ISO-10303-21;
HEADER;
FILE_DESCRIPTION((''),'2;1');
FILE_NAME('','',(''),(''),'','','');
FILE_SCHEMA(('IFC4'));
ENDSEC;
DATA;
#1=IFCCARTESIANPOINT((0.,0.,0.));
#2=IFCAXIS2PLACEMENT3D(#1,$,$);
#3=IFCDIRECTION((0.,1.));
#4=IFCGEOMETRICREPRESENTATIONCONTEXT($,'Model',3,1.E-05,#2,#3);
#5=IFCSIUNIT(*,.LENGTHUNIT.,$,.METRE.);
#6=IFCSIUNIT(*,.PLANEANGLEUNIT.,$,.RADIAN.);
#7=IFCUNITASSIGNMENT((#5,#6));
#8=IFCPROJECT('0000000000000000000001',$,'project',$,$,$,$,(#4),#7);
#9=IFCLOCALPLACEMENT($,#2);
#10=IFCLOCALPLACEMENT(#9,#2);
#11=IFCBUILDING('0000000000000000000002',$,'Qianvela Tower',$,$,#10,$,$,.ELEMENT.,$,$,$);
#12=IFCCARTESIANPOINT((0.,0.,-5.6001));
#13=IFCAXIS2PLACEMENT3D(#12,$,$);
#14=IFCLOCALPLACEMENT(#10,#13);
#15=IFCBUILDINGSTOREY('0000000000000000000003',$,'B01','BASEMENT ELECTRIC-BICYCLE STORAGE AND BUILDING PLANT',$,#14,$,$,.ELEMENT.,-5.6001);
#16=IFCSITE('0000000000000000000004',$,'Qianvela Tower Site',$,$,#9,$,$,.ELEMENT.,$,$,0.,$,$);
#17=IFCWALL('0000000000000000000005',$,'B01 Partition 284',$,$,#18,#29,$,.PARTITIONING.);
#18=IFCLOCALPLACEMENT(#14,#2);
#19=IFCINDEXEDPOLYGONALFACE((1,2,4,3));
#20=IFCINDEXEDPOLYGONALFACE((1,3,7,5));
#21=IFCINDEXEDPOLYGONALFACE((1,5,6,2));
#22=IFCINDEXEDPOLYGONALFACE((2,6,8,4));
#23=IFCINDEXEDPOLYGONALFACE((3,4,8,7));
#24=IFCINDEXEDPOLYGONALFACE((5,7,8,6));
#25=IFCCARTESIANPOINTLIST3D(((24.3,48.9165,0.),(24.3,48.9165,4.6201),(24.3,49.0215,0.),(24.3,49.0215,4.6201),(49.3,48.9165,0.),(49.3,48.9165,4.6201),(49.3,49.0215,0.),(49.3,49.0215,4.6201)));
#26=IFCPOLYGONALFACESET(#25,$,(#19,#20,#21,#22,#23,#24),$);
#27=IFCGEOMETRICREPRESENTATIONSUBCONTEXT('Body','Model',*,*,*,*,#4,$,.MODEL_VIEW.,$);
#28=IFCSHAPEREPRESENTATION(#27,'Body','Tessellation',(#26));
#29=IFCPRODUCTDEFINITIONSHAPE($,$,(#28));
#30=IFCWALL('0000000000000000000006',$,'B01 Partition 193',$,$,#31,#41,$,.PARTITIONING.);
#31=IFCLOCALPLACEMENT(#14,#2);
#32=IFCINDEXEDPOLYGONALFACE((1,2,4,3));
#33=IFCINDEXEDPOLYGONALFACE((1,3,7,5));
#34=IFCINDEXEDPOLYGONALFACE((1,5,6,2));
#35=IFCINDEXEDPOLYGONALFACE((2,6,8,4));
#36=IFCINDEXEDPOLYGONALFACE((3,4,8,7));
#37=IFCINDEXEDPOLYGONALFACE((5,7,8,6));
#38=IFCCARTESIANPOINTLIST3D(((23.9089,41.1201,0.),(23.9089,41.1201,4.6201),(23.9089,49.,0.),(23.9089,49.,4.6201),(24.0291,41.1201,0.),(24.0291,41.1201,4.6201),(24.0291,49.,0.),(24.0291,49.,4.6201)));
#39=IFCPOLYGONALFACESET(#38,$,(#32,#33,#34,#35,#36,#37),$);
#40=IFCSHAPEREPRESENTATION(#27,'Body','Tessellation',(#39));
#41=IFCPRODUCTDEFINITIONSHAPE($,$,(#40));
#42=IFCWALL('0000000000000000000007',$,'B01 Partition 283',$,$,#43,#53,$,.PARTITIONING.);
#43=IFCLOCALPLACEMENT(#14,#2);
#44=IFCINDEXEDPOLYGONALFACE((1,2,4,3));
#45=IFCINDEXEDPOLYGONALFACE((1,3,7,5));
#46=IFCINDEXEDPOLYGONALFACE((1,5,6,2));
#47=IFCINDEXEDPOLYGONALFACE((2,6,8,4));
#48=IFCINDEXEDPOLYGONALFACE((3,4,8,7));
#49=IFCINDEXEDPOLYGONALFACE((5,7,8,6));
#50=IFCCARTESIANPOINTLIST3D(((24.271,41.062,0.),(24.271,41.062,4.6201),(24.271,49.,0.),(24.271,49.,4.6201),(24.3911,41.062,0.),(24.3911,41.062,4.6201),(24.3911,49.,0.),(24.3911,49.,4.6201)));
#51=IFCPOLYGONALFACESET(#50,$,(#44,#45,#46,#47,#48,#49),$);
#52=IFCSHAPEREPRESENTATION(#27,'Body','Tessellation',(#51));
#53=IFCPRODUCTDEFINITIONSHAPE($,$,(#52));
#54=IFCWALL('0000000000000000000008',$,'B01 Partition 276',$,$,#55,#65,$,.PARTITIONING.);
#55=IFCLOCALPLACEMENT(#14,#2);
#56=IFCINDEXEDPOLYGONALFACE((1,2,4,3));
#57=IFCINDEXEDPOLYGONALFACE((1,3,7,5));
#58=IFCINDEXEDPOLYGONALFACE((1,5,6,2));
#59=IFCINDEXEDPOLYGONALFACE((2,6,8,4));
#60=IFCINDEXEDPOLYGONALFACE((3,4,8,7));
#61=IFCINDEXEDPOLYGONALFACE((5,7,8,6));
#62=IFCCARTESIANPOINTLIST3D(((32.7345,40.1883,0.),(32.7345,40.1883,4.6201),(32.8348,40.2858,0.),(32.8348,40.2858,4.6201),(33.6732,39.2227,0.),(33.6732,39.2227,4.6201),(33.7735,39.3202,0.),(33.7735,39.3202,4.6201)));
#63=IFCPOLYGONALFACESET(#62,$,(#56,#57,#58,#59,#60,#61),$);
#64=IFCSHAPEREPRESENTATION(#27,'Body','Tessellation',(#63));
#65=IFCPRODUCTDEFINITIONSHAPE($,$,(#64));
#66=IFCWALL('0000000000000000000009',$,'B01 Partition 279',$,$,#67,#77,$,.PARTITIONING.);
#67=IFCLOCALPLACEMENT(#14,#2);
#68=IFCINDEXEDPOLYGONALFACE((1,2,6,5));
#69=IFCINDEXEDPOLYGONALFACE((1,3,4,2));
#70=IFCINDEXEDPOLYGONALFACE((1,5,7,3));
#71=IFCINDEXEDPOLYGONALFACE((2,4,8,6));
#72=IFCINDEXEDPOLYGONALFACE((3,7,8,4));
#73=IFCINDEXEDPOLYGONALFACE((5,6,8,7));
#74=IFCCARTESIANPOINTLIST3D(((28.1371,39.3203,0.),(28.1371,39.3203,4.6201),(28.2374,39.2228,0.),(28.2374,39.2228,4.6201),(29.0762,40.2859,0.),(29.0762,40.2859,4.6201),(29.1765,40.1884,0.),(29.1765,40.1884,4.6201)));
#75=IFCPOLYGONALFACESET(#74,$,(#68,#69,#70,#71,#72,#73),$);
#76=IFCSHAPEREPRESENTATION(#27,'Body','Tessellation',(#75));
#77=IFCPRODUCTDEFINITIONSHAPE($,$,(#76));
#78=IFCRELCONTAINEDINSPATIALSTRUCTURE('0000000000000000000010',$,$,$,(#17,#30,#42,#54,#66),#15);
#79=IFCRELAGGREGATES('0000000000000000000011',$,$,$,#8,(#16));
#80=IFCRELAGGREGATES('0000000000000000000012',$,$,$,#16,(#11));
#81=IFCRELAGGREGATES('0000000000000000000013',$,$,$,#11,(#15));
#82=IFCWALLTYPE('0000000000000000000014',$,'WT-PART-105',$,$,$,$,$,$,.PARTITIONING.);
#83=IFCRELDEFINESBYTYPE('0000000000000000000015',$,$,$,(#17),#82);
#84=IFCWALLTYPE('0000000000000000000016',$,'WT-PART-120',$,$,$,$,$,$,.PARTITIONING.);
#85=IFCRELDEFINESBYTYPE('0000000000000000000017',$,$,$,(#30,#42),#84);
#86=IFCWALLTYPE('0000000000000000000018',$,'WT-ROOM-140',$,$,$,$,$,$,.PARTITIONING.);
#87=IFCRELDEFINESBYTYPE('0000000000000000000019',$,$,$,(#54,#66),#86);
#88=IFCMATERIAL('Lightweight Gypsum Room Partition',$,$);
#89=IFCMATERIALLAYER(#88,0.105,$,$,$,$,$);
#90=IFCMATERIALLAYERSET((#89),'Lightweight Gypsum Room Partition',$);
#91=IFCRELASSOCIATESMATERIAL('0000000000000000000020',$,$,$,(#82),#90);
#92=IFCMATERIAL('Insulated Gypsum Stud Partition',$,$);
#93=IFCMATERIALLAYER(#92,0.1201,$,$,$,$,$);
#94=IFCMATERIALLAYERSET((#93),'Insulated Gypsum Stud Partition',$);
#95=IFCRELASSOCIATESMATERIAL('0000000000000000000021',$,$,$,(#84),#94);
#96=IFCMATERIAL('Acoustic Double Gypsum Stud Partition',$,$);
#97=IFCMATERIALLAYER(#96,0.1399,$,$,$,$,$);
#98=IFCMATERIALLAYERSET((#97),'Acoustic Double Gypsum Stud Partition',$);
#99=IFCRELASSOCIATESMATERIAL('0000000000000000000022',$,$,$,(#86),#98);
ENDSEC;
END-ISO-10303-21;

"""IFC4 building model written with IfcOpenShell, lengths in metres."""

from ifc_helpers import new_model, si_unit, direction, frame, frame_2d, origin, place, context, subcontext, project, spatial, rectangle, extrude, material, layer, layer_set, type_object, element, save


model = new_model("IFC4")

# Units and contexts
model_context = context("Model", 3, precision=1e-05, world=origin(), true_north=direction((0.0, 1.0)))
body_context = subcontext(model_context, "Body", "Model", "MODEL_VIEW")
ifc_project = project(units=[si_unit("LENGTHUNIT", "METRE"), si_unit("PLANEANGLEUNIT", "RADIAN")], contexts=[model_context])

# Site, building, storey
site_placement = place(None, origin())
site = spatial("IfcSite", under=ifc_project, at=site_placement, Name="Qianvela Tower Site", CompositionType="ELEMENT", RefElevation=0.0)
building_placement = place(site_placement, origin())
building = spatial("IfcBuilding", under=site, at=building_placement, Name="Qianvela Tower", CompositionType="ELEMENT")
storey_placement = place(building_placement, frame((0.0, 0.0, -5.6001)))
storey = spatial("IfcBuildingStorey", under=building, at=storey_placement, Name="B01", Description="BASEMENT ELECTRIC-BICYCLE STORAGE AND BUILDING PLANT", CompositionType="ELEMENT", Elevation=-5.6001)

# Walls
ifc_material_1 = material(Name="Lightweight Gypsum Room Partition")
ifc_layer_1 = layer(ifc_material_1, 0.105)
ifc_layer_set_1 = layer_set([ifc_layer_1], Name="Lightweight Gypsum Room Partition")
wall_type_1 = type_object("IfcWallType", Name="WT-PART-105", PredefinedType="PARTITIONING", material=ifc_layer_set_1)
wall_1_placement = place(storey_placement, frame((24.3, 48.969, 0.0), z_axis=(0.0, 0.0, 1.0), x_axis=(1.0, 0.0, 0.0)))
element("IfcWall", 1, at=wall_1_placement, inside=storey, type_object=wall_type_1, Name="B01 Partition 284", PredefinedType="PARTITIONING", context=body_context, shape_type="SweptSolid", body=[
    extrude(rectangle(XDim=25.0, YDim=0.105, at=frame_2d((12.5, 0.0))), origin(), (0.0, 0.0, 1.0), 4.6201),
])
ifc_material_2 = material(Name="Insulated Gypsum Stud Partition")
ifc_layer_2 = layer(ifc_material_2, 0.1201)
ifc_layer_set_2 = layer_set([ifc_layer_2], Name="Insulated Gypsum Stud Partition")
wall_type_2 = type_object("IfcWallType", Name="WT-PART-120", PredefinedType="PARTITIONING", material=ifc_layer_set_2)
wall_2_placement = place(storey_placement, frame((23.969, 49.0, 0.0), z_axis=(0.0, 0.0, 1.0), x_axis=(0.0, -1.0, 0.0)))
element("IfcWall", 2, at=wall_2_placement, inside=storey, type_object=wall_type_2, Name="B01 Partition 193", PredefinedType="PARTITIONING", context=body_context, shape_type="SweptSolid", body=[
    extrude(rectangle(XDim=7.8799, YDim=0.1201, at=frame_2d((3.9399, 0.0))), origin(), (0.0, 0.0, 1.0), 4.6201),
])
wall_3_placement = place(storey_placement, frame((24.3311, 41.062, 0.0), z_axis=(0.0, 0.0, 1.0), x_axis=(0.0, 1.0, 0.0)))
element("IfcWall", 3, at=wall_3_placement, inside=storey, type_object=wall_type_2, Name="B01 Partition 283", PredefinedType="PARTITIONING", context=body_context, shape_type="SweptSolid", body=[
    extrude(rectangle(XDim=7.938, YDim=0.1201, at=frame_2d((3.969, 0.0))), origin(), (0.0, 0.0, 1.0), 4.6201),
])
ifc_material_3 = material(Name="Acoustic Double Gypsum Stud Partition")
ifc_layer_3 = layer(ifc_material_3, 0.1399)
ifc_layer_set_3 = layer_set([ifc_layer_3], Name="Acoustic Double Gypsum Stud Partition")
wall_type_3 = type_object("IfcWallType", Name="WT-ROOM-140", PredefinedType="PARTITIONING", material=ifc_layer_set_3)
wall_4_placement = place(storey_placement, frame((33.7234, 39.2715, 0.0), z_axis=(0.0, 0.0, 1.0), x_axis=(-0.697065, 0.717008, 0.0)))
element("IfcWall", 4, at=wall_4_placement, inside=storey, type_object=wall_type_3, Name="B01 Partition 276", PredefinedType="PARTITIONING", context=body_context, shape_type="SweptSolid", body=[
    extrude(rectangle(XDim=1.3467, YDim=0.1399, at=frame_2d((0.6733, 0.0))), origin(), (0.0, 0.0, 1.0), 4.6201),
])
wall_5_placement = place(storey_placement, frame((29.1262, 40.2371, 0.0), z_axis=(0.0, 0.0, 1.0), x_axis=(-0.697159, -0.716917, 0.0)))
element("IfcWall", 5, at=wall_5_placement, inside=storey, type_object=wall_type_3, Name="B01 Partition 279", PredefinedType="PARTITIONING", context=body_context, shape_type="SweptSolid", body=[
    extrude(rectangle(XDim=1.3469, YDim=0.1399, at=frame_2d((0.6733, 0.0))), origin(), (0.0, 0.0, 1.0), 4.6201),
])

save(model, "model.ifc")
